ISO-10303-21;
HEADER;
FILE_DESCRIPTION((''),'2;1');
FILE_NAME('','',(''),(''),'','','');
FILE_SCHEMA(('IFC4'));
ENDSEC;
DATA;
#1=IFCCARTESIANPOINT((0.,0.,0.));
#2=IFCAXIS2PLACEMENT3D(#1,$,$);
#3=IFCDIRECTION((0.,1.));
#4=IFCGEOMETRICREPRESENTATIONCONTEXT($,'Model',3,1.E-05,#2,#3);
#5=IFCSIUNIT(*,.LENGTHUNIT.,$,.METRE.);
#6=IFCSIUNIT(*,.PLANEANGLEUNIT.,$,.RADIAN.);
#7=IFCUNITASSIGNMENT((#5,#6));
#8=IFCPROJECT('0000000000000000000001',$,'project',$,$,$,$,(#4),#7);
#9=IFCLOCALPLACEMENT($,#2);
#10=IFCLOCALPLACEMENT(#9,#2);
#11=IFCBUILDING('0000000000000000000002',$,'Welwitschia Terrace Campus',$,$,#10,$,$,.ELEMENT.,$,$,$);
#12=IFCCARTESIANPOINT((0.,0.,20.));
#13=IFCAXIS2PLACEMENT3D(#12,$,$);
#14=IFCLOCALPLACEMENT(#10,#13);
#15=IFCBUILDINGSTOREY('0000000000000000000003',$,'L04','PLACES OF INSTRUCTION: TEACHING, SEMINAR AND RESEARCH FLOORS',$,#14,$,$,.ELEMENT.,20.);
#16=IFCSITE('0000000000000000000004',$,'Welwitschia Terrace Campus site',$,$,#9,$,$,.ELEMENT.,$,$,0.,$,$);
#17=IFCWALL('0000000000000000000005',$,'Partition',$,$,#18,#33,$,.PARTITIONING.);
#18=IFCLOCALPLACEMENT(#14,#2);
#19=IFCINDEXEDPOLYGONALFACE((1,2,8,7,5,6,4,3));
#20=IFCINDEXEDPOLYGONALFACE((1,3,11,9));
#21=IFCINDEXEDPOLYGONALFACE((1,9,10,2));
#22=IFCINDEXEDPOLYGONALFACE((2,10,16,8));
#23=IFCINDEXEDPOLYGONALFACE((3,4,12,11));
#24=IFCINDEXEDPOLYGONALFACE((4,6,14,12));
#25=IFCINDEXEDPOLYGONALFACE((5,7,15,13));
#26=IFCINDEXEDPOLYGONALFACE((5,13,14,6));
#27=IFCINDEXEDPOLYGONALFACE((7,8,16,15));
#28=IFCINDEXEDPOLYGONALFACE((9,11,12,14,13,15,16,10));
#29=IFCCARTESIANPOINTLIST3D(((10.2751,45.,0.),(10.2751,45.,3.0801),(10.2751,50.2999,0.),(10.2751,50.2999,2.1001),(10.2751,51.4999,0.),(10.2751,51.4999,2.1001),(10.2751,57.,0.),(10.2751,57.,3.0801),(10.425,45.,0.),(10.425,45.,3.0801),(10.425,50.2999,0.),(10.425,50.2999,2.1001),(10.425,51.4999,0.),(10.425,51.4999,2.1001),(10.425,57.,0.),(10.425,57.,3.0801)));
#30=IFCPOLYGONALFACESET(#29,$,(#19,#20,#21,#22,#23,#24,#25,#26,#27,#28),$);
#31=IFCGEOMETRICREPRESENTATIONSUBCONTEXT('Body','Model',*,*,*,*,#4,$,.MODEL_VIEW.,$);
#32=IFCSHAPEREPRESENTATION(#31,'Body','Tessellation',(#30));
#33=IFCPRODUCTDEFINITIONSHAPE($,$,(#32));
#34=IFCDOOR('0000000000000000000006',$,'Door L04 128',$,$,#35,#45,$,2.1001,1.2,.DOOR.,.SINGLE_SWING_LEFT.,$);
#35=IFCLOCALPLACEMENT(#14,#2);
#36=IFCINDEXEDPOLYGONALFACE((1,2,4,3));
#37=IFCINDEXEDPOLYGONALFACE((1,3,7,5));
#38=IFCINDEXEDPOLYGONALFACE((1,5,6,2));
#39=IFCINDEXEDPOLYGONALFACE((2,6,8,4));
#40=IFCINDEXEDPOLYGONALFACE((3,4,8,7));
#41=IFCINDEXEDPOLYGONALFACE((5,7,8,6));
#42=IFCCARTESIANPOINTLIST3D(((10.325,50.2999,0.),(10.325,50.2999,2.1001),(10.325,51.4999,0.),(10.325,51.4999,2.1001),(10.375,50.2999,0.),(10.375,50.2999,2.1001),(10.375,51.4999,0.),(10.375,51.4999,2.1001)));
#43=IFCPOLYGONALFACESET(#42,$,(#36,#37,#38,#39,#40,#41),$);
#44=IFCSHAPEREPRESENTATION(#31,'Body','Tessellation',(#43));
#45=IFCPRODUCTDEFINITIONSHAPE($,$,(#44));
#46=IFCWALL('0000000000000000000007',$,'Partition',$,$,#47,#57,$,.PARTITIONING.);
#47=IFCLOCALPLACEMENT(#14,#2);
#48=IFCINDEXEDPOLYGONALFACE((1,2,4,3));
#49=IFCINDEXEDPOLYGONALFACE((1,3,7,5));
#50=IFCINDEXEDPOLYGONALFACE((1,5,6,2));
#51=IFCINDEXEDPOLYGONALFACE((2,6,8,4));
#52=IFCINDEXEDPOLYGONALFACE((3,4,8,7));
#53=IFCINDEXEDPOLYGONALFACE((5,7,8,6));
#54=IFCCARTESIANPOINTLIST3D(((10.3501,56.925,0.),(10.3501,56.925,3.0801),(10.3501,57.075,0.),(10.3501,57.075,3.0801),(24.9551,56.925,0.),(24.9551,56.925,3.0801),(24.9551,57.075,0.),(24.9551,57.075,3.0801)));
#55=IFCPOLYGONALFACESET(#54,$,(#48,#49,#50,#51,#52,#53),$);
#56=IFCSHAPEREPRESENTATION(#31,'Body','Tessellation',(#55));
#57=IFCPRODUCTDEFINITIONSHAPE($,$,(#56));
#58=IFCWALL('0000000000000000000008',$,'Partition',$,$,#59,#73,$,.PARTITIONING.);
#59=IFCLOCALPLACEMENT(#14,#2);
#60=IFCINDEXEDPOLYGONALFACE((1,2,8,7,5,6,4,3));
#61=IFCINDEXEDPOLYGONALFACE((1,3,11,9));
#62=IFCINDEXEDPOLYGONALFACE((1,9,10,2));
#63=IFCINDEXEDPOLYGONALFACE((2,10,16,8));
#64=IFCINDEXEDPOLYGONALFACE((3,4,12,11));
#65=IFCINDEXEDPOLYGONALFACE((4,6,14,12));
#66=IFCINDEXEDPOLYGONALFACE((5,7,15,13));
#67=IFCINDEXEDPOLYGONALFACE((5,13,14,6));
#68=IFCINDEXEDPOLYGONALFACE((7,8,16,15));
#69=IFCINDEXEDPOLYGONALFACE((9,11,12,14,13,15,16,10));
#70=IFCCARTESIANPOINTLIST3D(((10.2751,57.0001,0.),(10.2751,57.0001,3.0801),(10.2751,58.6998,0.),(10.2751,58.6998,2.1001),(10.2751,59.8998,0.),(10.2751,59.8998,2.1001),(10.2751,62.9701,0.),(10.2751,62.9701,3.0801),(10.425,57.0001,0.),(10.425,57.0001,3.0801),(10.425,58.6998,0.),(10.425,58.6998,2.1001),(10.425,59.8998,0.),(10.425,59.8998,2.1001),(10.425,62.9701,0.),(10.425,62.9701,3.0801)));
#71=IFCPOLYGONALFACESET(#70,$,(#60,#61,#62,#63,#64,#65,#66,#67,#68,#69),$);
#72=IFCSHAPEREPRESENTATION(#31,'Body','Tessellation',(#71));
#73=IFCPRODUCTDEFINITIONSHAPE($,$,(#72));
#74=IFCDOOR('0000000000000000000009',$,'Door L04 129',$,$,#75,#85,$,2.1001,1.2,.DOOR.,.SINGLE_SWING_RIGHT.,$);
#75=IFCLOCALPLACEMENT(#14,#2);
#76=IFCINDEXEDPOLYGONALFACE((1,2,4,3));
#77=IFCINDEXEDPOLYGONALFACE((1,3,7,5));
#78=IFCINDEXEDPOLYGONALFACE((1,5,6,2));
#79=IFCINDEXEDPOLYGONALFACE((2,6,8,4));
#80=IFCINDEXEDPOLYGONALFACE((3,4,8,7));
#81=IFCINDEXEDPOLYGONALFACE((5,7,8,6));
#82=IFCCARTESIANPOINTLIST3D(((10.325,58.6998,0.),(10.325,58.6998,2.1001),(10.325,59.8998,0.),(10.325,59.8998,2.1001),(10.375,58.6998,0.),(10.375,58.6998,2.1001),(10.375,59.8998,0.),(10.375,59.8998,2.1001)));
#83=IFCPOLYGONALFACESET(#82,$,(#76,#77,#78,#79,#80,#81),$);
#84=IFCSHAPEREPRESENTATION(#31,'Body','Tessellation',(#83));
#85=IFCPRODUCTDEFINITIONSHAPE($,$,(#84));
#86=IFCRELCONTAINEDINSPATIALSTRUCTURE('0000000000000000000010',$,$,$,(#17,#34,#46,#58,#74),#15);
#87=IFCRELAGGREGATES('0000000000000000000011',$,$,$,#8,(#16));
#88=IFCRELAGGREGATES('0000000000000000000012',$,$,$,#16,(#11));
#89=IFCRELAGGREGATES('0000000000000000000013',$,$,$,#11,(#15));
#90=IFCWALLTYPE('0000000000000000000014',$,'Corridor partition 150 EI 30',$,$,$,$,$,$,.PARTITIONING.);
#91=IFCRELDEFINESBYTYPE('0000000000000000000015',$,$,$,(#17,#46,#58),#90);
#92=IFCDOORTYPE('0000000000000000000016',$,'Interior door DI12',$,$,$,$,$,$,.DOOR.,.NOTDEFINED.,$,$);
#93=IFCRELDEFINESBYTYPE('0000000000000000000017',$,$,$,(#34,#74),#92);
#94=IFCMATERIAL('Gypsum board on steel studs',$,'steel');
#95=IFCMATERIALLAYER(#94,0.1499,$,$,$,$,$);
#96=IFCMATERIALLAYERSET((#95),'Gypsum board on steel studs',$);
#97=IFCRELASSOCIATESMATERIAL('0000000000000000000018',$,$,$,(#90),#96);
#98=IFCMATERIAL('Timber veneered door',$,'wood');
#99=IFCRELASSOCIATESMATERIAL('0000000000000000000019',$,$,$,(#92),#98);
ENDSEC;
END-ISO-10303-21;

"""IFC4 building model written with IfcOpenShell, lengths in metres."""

from ifc_helpers import new_model, si_unit, direction, frame, frame_2d, origin, place, context, subcontext, project, spatial, rectangle, extrude, material, layer, layer_set, type_object, element, fill, save


model = new_model("IFC4")

# Units and contexts
model_context = context("Model", 3, precision=1e-05, world=origin(), true_north=direction((0.0, 1.0)))
body_context = subcontext(model_context, "Body", "Model", "MODEL_VIEW")
ifc_project = project(units=[si_unit("LENGTHUNIT", "METRE"), si_unit("PLANEANGLEUNIT", "RADIAN")], contexts=[model_context])

# Site, building, storey
site_placement = place(None, origin())
site = spatial("IfcSite", under=ifc_project, at=site_placement, Name="Welwitschia Terrace Campus site", CompositionType="ELEMENT", RefElevation=0.0)
building_placement = place(site_placement, origin())
building = spatial("IfcBuilding", under=site, at=building_placement, Name="Welwitschia Terrace Campus", CompositionType="ELEMENT")
storey_placement = place(building_placement, frame((0.0, 0.0, 20.0)))
storey = spatial("IfcBuildingStorey", under=building, at=storey_placement, Name="L04", Description="PLACES OF INSTRUCTION: TEACHING, SEMINAR AND RESEARCH FLOORS", CompositionType="ELEMENT", Elevation=20.0)

# Shared definitions
ifc_material_1 = material(Name="Gypsum board on steel studs", Category="steel")
ifc_layer_1 = layer(ifc_material_1, 0.1499)
ifc_layer_set_1 = layer_set([ifc_layer_1], Name="Gypsum board on steel studs")
wall_type = type_object("IfcWallType", Name="Corridor partition 150 EI 30", PredefinedType="PARTITIONING", material=ifc_layer_set_1)
ifc_material_2 = material(Name="Timber veneered door", Category="wood")
door_type_1 = type_object("IfcDoorType", Name="Interior door DI12", OperationType="NOTDEFINED", PredefinedType="DOOR", material=ifc_material_2)

# Wall, opening, door
wall_1_placement = place(storey_placement, frame((10.3501, 57.0, 0.0), z_axis=(0.0, 0.0, 1.0), x_axis=(0.0, -1.0, 0.0)))
wall_1 = element("IfcWall", 1, at=wall_1_placement, inside=storey, type_object=wall_type, Name="Partition", PredefinedType="PARTITIONING", context=body_context, shape_type="SweptSolid", body=[
    extrude(rectangle(XDim=12.0, YDim=0.1499, at=frame_2d((6.0, 0.0))), origin(), (0.0, 0.0, 1.0), 3.0801),
])
opening_1_placement = place(wall_1_placement, frame((5.5, 0.0, 0.0)))
opening_1 = element("IfcOpeningElement", 2, at=opening_1_placement, cuts=wall_1, PredefinedType="OPENING", context=body_context, shape_type="SweptSolid", body=[
    extrude(rectangle(XDim=1.2, YDim=2.1001, at=frame_2d((0.6001, 1.05))), frame((0.0, 0.085, 0.0), z_axis=(0.0, -1.0, 0.0), x_axis=(1.0, 0.0, 0.0)), (0.0, 0.0, 1.0), 0.1699),
])
door_1_placement = place(opening_1_placement, origin())
door_1 = element("IfcDoor", 3, at=door_1_placement, inside=storey, type_object=door_type_1, Name="Door L04 128", OperationType="SINGLE_SWING_LEFT", OverallHeight=2.1001, OverallWidth=1.2, PredefinedType="DOOR", context=body_context, shape_type="SweptSolid", body=[
    extrude(rectangle(XDim=1.2, YDim=2.1001, at=frame_2d((0.6001, 1.05))), frame((0.0, 0.0249, 0.0), z_axis=(0.0, -1.0, 0.0), x_axis=(1.0, 0.0, 0.0)), (0.0, 0.0, 1.0), 0.05),
])
fill(opening_1, door_1)

# Wall
wall_2_placement = place(storey_placement, frame((10.3501, 57.0, 0.0), z_axis=(0.0, 0.0, 1.0), x_axis=(1.0, 0.0, 0.0)))
element("IfcWall", 4, at=wall_2_placement, inside=storey, type_object=wall_type, Name="Partition", PredefinedType="PARTITIONING", context=body_context, shape_type="SweptSolid", body=[
    extrude(rectangle(XDim=14.605, YDim=0.1499, at=frame_2d((7.3025, 0.0))), origin(), (0.0, 0.0, 1.0), 3.0801),
])

# Wall, opening, door
wall_3_placement = place(storey_placement, frame((10.3501, 62.97, 0.0), z_axis=(0.0, 0.0, 1.0), x_axis=(0.0, -1.0, 0.0)))
wall_3 = element("IfcWall", 5, at=wall_3_placement, inside=storey, type_object=wall_type, Name="Partition", PredefinedType="PARTITIONING", context=body_context, shape_type="SweptSolid", body=[
    extrude(rectangle(XDim=5.97, YDim=0.1499, at=frame_2d((2.9849, 0.0))), origin(), (0.0, 0.0, 1.0), 3.0801),
])
opening_2_placement = place(wall_3_placement, frame((3.0701, 0.0, 0.0)))
opening_2 = element("IfcOpeningElement", 6, at=opening_2_placement, cuts=wall_3, PredefinedType="OPENING", context=body_context, shape_type="SweptSolid", body=[
    extrude(rectangle(XDim=1.2, YDim=2.1001, at=frame_2d((0.6001, 1.05))), frame((0.0, 0.085, 0.0), z_axis=(0.0, -1.0, 0.0), x_axis=(1.0, 0.0, 0.0)), (0.0, 0.0, 1.0), 0.1699),
])
door_2_placement = place(opening_2_placement, origin())
door_2 = element("IfcDoor", 7, at=door_2_placement, inside=storey, type_object=door_type_1, Name="Door L04 129", OperationType="SINGLE_SWING_RIGHT", OverallHeight=2.1001, OverallWidth=1.2, PredefinedType="DOOR", context=body_context, shape_type="SweptSolid", body=[
    extrude(rectangle(XDim=1.2, YDim=2.1001, at=frame_2d((0.6001, 1.05))), frame((0.0, 0.0249, 0.0), z_axis=(0.0, -1.0, 0.0), x_axis=(1.0, 0.0, 0.0)), (0.0, 0.0, 1.0), 0.05),
])
fill(opening_2, door_2)

save(model, "model.ifc")
